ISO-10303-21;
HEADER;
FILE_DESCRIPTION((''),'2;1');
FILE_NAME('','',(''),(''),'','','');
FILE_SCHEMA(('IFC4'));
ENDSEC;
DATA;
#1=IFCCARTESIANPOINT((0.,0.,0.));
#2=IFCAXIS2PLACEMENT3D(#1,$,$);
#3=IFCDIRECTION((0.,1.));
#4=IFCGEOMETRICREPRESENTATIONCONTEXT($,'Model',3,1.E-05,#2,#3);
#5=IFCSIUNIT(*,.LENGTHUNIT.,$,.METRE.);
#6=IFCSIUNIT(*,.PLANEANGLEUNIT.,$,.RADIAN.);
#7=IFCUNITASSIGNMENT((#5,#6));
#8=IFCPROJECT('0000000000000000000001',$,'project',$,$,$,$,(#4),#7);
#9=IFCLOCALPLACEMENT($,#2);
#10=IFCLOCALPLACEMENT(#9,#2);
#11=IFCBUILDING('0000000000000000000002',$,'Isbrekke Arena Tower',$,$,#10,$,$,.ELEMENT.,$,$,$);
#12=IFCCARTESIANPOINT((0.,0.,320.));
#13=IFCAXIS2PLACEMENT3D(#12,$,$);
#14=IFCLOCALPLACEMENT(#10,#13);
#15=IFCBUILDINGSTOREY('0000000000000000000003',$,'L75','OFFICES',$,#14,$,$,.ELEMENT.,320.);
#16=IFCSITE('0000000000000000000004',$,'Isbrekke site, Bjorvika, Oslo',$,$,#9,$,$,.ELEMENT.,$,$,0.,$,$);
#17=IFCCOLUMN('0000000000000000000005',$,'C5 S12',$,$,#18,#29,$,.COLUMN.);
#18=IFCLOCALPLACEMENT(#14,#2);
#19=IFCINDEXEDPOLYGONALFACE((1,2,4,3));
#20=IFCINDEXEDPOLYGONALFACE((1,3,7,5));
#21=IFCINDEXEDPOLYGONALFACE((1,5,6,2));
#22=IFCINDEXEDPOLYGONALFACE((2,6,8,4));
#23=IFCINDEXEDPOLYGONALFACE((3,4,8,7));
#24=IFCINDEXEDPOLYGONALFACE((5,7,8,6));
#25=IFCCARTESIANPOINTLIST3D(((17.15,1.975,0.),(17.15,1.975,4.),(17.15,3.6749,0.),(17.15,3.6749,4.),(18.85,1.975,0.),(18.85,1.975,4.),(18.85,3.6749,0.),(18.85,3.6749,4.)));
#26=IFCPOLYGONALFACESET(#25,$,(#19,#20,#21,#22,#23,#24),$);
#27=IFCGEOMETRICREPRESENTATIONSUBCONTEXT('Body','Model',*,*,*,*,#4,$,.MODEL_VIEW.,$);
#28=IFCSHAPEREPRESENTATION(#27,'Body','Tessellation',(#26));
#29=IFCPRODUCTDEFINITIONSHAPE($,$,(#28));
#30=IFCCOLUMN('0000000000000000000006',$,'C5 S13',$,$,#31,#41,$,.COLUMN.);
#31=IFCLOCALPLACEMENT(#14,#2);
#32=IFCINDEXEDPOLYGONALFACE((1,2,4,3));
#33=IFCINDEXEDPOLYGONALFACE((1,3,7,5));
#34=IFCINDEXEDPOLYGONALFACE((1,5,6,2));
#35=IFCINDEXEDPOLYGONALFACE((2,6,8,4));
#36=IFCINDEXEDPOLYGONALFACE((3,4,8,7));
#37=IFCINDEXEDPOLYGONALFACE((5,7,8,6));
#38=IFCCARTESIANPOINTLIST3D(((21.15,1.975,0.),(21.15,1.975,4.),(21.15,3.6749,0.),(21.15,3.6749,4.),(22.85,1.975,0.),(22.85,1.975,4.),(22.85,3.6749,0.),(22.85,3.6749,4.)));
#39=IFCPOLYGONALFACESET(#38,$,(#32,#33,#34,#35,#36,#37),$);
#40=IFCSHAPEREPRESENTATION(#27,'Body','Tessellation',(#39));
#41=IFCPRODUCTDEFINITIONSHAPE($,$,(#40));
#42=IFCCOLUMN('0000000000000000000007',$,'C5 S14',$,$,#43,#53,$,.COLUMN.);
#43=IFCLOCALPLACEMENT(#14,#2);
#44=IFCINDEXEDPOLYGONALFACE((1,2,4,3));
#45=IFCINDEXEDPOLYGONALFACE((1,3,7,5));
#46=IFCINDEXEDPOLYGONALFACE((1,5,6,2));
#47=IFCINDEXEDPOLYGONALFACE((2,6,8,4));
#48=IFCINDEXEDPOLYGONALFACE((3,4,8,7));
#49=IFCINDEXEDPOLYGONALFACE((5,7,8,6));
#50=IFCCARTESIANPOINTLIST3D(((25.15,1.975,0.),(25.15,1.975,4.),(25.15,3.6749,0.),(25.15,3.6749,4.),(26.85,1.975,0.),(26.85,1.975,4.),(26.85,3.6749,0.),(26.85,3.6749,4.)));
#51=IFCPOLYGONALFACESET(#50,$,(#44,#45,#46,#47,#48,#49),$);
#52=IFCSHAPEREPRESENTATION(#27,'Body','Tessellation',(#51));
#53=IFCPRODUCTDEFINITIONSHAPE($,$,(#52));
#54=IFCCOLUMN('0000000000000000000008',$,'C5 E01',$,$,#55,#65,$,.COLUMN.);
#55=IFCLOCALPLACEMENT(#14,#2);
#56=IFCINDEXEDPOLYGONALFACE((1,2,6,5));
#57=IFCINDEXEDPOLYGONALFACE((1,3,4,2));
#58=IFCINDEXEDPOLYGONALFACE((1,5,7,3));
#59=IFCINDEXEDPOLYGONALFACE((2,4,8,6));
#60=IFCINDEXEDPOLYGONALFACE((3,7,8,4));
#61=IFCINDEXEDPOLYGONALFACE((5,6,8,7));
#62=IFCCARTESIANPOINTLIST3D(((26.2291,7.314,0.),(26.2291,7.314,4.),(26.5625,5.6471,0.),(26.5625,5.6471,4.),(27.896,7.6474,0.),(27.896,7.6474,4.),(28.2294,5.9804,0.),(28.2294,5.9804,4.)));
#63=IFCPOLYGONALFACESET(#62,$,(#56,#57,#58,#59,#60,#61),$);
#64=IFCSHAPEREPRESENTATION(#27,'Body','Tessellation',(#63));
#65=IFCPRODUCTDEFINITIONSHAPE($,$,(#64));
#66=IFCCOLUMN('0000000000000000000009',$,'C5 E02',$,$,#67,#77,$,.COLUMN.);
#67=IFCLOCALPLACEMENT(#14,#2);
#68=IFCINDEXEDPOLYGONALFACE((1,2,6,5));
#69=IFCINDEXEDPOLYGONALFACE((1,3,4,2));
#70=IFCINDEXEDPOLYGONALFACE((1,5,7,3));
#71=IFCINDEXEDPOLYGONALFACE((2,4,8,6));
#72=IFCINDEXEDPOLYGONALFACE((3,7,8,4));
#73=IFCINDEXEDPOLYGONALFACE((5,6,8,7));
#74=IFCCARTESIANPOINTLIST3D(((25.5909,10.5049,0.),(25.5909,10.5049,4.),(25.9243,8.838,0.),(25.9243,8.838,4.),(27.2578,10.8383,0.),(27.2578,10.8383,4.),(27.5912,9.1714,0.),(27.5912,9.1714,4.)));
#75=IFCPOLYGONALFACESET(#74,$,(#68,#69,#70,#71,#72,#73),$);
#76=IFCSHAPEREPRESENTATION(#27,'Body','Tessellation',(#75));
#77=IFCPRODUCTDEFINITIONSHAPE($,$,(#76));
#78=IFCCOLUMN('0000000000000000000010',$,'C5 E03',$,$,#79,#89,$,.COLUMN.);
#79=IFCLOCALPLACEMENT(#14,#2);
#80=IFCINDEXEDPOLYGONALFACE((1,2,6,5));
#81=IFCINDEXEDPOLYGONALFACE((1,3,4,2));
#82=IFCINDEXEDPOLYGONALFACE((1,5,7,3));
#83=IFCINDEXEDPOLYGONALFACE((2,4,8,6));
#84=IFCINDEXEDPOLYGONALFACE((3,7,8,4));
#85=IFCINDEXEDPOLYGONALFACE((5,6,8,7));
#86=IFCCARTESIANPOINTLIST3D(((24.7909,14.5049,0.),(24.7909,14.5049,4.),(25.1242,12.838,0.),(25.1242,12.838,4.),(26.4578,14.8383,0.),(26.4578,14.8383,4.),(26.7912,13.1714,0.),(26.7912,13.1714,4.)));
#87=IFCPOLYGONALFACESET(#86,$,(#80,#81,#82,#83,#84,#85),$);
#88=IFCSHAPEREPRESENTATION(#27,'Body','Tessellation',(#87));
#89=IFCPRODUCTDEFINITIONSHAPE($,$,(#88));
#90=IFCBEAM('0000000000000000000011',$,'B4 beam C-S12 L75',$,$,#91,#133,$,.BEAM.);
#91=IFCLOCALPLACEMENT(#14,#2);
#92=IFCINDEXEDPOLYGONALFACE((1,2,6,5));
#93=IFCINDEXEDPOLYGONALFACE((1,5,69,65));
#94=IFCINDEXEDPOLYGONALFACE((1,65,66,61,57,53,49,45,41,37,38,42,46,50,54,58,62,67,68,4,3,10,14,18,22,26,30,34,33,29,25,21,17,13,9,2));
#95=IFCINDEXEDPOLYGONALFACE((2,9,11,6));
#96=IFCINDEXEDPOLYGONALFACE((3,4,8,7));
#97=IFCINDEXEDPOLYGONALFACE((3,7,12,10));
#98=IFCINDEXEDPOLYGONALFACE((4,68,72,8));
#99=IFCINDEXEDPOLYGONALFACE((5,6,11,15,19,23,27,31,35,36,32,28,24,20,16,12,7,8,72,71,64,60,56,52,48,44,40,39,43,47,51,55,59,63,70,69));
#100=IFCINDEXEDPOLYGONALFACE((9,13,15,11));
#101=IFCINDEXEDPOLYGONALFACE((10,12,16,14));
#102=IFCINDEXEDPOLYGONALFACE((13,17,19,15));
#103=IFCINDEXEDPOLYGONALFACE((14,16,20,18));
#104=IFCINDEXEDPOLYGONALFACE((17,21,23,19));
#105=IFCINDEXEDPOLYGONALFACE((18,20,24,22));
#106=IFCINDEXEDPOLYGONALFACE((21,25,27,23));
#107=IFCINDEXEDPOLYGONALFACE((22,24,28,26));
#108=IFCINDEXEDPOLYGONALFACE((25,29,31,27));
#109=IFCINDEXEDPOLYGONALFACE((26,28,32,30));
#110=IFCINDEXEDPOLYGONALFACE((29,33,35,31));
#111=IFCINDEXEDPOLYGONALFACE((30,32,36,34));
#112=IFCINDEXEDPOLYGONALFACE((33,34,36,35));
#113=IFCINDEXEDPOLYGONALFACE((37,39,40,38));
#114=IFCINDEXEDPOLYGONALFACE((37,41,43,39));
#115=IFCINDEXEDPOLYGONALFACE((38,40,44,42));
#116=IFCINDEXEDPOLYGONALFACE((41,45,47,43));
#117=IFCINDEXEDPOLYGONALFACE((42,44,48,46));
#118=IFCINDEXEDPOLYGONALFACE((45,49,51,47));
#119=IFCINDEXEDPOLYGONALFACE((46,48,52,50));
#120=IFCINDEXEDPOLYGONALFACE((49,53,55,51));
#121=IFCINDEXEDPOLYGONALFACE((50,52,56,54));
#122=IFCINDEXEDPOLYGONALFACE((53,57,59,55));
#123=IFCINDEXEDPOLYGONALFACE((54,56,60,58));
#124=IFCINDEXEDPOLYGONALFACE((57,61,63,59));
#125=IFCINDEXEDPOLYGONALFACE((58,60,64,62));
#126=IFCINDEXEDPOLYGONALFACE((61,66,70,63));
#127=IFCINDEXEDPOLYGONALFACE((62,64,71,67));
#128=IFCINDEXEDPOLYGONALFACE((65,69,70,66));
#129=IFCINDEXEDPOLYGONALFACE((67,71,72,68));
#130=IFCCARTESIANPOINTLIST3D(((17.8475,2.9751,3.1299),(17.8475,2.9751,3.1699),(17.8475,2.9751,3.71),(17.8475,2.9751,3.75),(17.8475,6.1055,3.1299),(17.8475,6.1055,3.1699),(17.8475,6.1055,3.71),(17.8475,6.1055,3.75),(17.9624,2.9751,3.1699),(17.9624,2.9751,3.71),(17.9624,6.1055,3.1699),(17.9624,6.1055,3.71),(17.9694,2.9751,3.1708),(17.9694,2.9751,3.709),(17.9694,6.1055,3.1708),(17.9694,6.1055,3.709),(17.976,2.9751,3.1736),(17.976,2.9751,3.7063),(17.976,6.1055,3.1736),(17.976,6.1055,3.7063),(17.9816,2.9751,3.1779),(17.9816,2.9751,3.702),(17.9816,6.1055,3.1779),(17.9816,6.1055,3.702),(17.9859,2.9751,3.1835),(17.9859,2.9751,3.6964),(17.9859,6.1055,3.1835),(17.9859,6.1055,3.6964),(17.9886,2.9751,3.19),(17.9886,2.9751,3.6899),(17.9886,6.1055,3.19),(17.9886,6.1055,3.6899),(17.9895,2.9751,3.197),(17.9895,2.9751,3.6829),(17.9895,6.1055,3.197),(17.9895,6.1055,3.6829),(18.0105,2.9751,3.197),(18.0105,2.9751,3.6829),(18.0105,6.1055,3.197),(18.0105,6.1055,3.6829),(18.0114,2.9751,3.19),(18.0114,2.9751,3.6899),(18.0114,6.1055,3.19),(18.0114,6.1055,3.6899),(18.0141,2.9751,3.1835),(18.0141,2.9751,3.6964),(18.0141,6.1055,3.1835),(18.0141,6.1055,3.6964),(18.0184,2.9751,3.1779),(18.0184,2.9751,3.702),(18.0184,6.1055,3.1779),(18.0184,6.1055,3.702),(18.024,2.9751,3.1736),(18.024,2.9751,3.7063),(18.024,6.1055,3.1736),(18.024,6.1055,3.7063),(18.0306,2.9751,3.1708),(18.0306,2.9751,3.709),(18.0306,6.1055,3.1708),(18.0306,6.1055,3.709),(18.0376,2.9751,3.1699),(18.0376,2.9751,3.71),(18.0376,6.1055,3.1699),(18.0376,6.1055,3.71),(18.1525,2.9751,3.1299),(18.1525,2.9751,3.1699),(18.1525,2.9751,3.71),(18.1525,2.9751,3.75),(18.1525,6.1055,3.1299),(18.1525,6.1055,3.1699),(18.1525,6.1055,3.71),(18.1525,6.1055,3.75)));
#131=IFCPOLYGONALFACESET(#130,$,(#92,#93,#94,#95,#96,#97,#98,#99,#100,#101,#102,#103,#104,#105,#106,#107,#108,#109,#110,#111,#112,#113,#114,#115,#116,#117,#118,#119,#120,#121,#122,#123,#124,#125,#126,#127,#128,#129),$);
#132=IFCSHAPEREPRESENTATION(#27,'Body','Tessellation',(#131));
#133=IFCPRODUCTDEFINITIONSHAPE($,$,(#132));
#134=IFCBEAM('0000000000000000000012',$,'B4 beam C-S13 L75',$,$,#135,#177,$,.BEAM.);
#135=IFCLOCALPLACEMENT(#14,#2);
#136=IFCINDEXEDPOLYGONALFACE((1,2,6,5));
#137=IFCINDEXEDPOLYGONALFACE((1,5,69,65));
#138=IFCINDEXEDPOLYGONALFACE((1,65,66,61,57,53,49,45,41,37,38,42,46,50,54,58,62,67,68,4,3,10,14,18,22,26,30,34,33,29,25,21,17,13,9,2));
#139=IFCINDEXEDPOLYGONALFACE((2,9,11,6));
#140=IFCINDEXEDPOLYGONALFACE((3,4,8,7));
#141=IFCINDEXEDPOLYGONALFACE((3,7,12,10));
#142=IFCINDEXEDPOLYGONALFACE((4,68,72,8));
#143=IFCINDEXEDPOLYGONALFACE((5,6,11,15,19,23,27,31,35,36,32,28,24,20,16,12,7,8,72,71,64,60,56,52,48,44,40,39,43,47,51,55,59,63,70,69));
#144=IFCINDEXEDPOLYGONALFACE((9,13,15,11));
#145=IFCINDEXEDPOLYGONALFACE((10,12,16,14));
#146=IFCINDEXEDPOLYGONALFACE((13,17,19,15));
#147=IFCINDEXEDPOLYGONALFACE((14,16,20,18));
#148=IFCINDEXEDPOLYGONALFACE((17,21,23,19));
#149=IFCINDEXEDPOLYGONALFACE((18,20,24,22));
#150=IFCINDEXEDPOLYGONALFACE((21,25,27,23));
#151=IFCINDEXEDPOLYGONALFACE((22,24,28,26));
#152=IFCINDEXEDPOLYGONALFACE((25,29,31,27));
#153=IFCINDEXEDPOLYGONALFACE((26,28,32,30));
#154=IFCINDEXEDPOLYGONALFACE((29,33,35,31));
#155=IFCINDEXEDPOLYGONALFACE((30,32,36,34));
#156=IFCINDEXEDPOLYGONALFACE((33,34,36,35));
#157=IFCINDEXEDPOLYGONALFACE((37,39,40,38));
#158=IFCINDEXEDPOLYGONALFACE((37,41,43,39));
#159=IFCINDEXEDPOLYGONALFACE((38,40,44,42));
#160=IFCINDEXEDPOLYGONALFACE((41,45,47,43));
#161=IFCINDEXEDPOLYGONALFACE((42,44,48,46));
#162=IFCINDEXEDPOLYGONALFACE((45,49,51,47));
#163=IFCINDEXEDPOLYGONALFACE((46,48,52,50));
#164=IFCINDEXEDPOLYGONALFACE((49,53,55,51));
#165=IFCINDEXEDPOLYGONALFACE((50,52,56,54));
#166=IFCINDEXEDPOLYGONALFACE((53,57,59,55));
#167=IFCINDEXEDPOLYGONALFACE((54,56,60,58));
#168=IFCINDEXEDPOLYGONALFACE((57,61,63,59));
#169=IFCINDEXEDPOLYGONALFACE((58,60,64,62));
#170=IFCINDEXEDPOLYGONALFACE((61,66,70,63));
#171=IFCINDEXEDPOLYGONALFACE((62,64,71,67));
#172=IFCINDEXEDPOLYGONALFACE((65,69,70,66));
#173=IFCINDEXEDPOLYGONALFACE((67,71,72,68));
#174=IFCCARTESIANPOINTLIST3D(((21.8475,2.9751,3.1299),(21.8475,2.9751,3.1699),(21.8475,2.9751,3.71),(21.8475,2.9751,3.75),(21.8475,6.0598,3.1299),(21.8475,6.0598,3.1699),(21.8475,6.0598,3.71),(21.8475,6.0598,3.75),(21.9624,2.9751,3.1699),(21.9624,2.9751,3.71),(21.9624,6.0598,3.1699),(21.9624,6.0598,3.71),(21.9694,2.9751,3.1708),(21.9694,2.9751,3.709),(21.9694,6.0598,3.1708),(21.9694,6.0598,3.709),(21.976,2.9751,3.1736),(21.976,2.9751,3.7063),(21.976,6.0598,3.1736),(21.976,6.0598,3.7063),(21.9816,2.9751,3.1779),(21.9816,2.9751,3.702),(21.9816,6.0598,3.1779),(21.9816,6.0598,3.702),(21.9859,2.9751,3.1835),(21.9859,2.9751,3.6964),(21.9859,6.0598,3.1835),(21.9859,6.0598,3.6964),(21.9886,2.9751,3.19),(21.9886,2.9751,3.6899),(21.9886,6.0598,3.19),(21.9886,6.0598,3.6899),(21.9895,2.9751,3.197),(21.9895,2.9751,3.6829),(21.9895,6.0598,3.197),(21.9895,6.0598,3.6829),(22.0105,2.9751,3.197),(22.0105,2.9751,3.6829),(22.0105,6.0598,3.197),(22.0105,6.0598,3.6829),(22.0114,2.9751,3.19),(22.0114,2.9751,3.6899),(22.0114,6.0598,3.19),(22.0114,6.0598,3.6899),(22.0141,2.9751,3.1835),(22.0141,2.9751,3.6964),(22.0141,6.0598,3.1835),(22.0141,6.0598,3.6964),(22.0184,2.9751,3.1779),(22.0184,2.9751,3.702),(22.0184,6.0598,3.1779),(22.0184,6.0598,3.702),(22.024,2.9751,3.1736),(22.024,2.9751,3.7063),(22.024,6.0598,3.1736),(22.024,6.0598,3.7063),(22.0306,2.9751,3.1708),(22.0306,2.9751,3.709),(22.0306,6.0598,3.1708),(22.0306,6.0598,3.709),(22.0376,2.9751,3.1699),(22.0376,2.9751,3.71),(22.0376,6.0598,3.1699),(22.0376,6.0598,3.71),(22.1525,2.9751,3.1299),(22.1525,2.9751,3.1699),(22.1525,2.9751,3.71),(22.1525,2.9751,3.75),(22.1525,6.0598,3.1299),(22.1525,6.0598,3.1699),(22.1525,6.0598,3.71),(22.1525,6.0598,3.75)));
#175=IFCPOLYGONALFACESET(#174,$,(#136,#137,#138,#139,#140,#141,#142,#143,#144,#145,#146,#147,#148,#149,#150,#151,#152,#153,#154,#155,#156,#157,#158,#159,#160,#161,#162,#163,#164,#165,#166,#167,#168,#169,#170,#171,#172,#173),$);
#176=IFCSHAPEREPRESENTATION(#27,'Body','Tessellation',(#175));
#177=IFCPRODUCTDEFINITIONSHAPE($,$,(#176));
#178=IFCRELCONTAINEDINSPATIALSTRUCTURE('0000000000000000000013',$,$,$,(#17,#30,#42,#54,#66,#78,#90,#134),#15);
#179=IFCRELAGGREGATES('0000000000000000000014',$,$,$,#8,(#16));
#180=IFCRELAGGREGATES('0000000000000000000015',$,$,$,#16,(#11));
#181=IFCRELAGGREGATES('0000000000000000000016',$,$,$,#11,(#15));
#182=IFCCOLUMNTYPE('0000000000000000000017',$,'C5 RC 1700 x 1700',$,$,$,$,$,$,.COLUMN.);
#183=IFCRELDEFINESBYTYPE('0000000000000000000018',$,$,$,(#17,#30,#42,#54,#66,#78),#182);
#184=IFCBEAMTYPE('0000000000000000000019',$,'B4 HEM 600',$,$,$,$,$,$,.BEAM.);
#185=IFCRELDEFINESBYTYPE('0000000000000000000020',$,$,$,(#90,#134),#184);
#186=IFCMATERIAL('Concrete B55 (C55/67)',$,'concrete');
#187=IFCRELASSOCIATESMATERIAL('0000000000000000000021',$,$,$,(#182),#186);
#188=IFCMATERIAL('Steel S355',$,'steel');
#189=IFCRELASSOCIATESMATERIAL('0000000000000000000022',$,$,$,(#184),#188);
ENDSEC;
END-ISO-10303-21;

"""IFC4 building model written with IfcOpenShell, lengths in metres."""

from ifc_helpers import new_model, si_unit, direction, frame, origin, origin_2d, place, context, subcontext, project, spatial, rectangle, i_section, extrude, material, material_profile, profile_set, type_object, element, save


model = new_model("IFC4")

# Units and contexts
model_context = context("Model", 3, precision=1e-05, world=origin(), true_north=direction((0.0, 1.0)))
body_context = subcontext(model_context, "Body", "Model", "MODEL_VIEW")
ifc_project = project(units=[si_unit("LENGTHUNIT", "METRE"), si_unit("PLANEANGLEUNIT", "RADIAN")], contexts=[model_context])

# Site, building, storey
site_placement = place(None, origin())
site = spatial("IfcSite", under=ifc_project, at=site_placement, Name="Isbrekke site, Bjorvika, Oslo", CompositionType="ELEMENT", RefElevation=0.0)
building_placement = place(site_placement, origin())
building = spatial("IfcBuilding", under=site, at=building_placement, Name="Isbrekke Arena Tower", CompositionType="ELEMENT")
storey_placement = place(building_placement, frame((0.0, 0.0, 320.0)))
storey = spatial("IfcBuildingStorey", under=building, at=storey_placement, Name="L75", Description="OFFICES", CompositionType="ELEMENT", Elevation=320.0)

# Columns
ifc_material_1 = material(Name="Concrete B55 (C55/67)", Category="concrete")
ifc_material_profile_1 = material_profile(ifc_material_1, rectangle(XDim=1.7, YDim=1.7, at=origin_2d()), Name="RC 1700x1700")
ifc_profile_set_1 = profile_set([ifc_material_profile_1], Name="Concrete B55 (C55/67)")
column_type = type_object("IfcColumnType", Name="C5 RC 1700 x 1700", PredefinedType="COLUMN", material=ifc_profile_set_1)
for number, where, z_axis, x_axis, name in (
    (1, (18.0, 2.825, 0.0), (0.0, 0.0, 1.0), (1.0, 0.0, 0.0), "C5 S12"),
    (2, (22.0, 2.825, 0.0), (0.0, 0.0, 1.0), (1.0, 0.0, 0.0), "C5 S13"),
    (3, (26.0, 2.825, 0.0), (0.0, 0.0, 1.0), (1.0, 0.0, 0.0), "C5 S14"),
    (4, (27.2292, 6.6472, 0.0), (0.0, 0.0, 1.0), (-0.196116, 0.980581, 0.0), "C5 E01"),
    (5, (26.5911, 9.8381, 0.0), (0.0, 0.0, 1.0), (-0.196116, 0.980581, 0.0), "C5 E02"),
    (6, (25.791, 13.8381, 0.0), (0.0, 0.0, 1.0), (-0.196116, 0.980581, 0.0), "C5 E03"),
):
    element("IfcColumn", number, at=place(storey_placement, frame(where, z_axis=z_axis, x_axis=x_axis)), inside=storey, type_object=column_type, Name=name, PredefinedType="COLUMN", context=body_context, shape_type="SweptSolid", body=[
        extrude(rectangle(XDim=1.7, YDim=1.7, at=origin_2d()), origin(), (0.0, 0.0, 1.0), 4.0),
    ])

# Beams
ifc_material_2 = material(Name="Steel S355", Category="steel")
ifc_material_profile_2 = material_profile(ifc_material_2, i_section(OverallWidth=0.3049, OverallDepth=0.6201, WebThickness=0.021, FlangeThickness=0.04, FilletRadius=0.0271, at=origin_2d()), Name="HEM 600")
ifc_profile_set_2 = profile_set([ifc_material_profile_2], Name="Steel S355")
beam_type_1 = type_object("IfcBeamType", Name="B4 HEM 600", PredefinedType="BEAM", material=ifc_profile_set_2)
beam_1_placement = place(storey_placement, frame((18.0, 2.9751, 3.4399), z_axis=(0.0, 1.0, 0.0), x_axis=(-1.0, 0.0, 0.0)))
element("IfcBeam", 7, at=beam_1_placement, inside=storey, type_object=beam_type_1, Name="B4 beam C-S12 L75", PredefinedType="BEAM", context=body_context, shape_type="SweptSolid", body=[
    extrude(i_section(OverallWidth=0.3049, OverallDepth=0.6201, WebThickness=0.021, FlangeThickness=0.04, FilletRadius=0.0271, at=origin_2d()), origin(), (0.0, 0.0, 1.0), 3.1304),
])
beam_2_placement = place(storey_placement, frame((22.0, 2.9751, 3.4399), z_axis=(0.0, 1.0, 0.0), x_axis=(-1.0, 0.0, 0.0)))
element("IfcBeam", 8, at=beam_2_placement, inside=storey, type_object=beam_type_1, Name="B4 beam C-S13 L75", PredefinedType="BEAM", context=body_context, shape_type="SweptSolid", body=[
    extrude(i_section(OverallWidth=0.3049, OverallDepth=0.6201, WebThickness=0.021, FlangeThickness=0.04, FilletRadius=0.0271, at=origin_2d()), origin(), (0.0, 0.0, 1.0), 3.0847),
])

save(model, "model.ifc")
